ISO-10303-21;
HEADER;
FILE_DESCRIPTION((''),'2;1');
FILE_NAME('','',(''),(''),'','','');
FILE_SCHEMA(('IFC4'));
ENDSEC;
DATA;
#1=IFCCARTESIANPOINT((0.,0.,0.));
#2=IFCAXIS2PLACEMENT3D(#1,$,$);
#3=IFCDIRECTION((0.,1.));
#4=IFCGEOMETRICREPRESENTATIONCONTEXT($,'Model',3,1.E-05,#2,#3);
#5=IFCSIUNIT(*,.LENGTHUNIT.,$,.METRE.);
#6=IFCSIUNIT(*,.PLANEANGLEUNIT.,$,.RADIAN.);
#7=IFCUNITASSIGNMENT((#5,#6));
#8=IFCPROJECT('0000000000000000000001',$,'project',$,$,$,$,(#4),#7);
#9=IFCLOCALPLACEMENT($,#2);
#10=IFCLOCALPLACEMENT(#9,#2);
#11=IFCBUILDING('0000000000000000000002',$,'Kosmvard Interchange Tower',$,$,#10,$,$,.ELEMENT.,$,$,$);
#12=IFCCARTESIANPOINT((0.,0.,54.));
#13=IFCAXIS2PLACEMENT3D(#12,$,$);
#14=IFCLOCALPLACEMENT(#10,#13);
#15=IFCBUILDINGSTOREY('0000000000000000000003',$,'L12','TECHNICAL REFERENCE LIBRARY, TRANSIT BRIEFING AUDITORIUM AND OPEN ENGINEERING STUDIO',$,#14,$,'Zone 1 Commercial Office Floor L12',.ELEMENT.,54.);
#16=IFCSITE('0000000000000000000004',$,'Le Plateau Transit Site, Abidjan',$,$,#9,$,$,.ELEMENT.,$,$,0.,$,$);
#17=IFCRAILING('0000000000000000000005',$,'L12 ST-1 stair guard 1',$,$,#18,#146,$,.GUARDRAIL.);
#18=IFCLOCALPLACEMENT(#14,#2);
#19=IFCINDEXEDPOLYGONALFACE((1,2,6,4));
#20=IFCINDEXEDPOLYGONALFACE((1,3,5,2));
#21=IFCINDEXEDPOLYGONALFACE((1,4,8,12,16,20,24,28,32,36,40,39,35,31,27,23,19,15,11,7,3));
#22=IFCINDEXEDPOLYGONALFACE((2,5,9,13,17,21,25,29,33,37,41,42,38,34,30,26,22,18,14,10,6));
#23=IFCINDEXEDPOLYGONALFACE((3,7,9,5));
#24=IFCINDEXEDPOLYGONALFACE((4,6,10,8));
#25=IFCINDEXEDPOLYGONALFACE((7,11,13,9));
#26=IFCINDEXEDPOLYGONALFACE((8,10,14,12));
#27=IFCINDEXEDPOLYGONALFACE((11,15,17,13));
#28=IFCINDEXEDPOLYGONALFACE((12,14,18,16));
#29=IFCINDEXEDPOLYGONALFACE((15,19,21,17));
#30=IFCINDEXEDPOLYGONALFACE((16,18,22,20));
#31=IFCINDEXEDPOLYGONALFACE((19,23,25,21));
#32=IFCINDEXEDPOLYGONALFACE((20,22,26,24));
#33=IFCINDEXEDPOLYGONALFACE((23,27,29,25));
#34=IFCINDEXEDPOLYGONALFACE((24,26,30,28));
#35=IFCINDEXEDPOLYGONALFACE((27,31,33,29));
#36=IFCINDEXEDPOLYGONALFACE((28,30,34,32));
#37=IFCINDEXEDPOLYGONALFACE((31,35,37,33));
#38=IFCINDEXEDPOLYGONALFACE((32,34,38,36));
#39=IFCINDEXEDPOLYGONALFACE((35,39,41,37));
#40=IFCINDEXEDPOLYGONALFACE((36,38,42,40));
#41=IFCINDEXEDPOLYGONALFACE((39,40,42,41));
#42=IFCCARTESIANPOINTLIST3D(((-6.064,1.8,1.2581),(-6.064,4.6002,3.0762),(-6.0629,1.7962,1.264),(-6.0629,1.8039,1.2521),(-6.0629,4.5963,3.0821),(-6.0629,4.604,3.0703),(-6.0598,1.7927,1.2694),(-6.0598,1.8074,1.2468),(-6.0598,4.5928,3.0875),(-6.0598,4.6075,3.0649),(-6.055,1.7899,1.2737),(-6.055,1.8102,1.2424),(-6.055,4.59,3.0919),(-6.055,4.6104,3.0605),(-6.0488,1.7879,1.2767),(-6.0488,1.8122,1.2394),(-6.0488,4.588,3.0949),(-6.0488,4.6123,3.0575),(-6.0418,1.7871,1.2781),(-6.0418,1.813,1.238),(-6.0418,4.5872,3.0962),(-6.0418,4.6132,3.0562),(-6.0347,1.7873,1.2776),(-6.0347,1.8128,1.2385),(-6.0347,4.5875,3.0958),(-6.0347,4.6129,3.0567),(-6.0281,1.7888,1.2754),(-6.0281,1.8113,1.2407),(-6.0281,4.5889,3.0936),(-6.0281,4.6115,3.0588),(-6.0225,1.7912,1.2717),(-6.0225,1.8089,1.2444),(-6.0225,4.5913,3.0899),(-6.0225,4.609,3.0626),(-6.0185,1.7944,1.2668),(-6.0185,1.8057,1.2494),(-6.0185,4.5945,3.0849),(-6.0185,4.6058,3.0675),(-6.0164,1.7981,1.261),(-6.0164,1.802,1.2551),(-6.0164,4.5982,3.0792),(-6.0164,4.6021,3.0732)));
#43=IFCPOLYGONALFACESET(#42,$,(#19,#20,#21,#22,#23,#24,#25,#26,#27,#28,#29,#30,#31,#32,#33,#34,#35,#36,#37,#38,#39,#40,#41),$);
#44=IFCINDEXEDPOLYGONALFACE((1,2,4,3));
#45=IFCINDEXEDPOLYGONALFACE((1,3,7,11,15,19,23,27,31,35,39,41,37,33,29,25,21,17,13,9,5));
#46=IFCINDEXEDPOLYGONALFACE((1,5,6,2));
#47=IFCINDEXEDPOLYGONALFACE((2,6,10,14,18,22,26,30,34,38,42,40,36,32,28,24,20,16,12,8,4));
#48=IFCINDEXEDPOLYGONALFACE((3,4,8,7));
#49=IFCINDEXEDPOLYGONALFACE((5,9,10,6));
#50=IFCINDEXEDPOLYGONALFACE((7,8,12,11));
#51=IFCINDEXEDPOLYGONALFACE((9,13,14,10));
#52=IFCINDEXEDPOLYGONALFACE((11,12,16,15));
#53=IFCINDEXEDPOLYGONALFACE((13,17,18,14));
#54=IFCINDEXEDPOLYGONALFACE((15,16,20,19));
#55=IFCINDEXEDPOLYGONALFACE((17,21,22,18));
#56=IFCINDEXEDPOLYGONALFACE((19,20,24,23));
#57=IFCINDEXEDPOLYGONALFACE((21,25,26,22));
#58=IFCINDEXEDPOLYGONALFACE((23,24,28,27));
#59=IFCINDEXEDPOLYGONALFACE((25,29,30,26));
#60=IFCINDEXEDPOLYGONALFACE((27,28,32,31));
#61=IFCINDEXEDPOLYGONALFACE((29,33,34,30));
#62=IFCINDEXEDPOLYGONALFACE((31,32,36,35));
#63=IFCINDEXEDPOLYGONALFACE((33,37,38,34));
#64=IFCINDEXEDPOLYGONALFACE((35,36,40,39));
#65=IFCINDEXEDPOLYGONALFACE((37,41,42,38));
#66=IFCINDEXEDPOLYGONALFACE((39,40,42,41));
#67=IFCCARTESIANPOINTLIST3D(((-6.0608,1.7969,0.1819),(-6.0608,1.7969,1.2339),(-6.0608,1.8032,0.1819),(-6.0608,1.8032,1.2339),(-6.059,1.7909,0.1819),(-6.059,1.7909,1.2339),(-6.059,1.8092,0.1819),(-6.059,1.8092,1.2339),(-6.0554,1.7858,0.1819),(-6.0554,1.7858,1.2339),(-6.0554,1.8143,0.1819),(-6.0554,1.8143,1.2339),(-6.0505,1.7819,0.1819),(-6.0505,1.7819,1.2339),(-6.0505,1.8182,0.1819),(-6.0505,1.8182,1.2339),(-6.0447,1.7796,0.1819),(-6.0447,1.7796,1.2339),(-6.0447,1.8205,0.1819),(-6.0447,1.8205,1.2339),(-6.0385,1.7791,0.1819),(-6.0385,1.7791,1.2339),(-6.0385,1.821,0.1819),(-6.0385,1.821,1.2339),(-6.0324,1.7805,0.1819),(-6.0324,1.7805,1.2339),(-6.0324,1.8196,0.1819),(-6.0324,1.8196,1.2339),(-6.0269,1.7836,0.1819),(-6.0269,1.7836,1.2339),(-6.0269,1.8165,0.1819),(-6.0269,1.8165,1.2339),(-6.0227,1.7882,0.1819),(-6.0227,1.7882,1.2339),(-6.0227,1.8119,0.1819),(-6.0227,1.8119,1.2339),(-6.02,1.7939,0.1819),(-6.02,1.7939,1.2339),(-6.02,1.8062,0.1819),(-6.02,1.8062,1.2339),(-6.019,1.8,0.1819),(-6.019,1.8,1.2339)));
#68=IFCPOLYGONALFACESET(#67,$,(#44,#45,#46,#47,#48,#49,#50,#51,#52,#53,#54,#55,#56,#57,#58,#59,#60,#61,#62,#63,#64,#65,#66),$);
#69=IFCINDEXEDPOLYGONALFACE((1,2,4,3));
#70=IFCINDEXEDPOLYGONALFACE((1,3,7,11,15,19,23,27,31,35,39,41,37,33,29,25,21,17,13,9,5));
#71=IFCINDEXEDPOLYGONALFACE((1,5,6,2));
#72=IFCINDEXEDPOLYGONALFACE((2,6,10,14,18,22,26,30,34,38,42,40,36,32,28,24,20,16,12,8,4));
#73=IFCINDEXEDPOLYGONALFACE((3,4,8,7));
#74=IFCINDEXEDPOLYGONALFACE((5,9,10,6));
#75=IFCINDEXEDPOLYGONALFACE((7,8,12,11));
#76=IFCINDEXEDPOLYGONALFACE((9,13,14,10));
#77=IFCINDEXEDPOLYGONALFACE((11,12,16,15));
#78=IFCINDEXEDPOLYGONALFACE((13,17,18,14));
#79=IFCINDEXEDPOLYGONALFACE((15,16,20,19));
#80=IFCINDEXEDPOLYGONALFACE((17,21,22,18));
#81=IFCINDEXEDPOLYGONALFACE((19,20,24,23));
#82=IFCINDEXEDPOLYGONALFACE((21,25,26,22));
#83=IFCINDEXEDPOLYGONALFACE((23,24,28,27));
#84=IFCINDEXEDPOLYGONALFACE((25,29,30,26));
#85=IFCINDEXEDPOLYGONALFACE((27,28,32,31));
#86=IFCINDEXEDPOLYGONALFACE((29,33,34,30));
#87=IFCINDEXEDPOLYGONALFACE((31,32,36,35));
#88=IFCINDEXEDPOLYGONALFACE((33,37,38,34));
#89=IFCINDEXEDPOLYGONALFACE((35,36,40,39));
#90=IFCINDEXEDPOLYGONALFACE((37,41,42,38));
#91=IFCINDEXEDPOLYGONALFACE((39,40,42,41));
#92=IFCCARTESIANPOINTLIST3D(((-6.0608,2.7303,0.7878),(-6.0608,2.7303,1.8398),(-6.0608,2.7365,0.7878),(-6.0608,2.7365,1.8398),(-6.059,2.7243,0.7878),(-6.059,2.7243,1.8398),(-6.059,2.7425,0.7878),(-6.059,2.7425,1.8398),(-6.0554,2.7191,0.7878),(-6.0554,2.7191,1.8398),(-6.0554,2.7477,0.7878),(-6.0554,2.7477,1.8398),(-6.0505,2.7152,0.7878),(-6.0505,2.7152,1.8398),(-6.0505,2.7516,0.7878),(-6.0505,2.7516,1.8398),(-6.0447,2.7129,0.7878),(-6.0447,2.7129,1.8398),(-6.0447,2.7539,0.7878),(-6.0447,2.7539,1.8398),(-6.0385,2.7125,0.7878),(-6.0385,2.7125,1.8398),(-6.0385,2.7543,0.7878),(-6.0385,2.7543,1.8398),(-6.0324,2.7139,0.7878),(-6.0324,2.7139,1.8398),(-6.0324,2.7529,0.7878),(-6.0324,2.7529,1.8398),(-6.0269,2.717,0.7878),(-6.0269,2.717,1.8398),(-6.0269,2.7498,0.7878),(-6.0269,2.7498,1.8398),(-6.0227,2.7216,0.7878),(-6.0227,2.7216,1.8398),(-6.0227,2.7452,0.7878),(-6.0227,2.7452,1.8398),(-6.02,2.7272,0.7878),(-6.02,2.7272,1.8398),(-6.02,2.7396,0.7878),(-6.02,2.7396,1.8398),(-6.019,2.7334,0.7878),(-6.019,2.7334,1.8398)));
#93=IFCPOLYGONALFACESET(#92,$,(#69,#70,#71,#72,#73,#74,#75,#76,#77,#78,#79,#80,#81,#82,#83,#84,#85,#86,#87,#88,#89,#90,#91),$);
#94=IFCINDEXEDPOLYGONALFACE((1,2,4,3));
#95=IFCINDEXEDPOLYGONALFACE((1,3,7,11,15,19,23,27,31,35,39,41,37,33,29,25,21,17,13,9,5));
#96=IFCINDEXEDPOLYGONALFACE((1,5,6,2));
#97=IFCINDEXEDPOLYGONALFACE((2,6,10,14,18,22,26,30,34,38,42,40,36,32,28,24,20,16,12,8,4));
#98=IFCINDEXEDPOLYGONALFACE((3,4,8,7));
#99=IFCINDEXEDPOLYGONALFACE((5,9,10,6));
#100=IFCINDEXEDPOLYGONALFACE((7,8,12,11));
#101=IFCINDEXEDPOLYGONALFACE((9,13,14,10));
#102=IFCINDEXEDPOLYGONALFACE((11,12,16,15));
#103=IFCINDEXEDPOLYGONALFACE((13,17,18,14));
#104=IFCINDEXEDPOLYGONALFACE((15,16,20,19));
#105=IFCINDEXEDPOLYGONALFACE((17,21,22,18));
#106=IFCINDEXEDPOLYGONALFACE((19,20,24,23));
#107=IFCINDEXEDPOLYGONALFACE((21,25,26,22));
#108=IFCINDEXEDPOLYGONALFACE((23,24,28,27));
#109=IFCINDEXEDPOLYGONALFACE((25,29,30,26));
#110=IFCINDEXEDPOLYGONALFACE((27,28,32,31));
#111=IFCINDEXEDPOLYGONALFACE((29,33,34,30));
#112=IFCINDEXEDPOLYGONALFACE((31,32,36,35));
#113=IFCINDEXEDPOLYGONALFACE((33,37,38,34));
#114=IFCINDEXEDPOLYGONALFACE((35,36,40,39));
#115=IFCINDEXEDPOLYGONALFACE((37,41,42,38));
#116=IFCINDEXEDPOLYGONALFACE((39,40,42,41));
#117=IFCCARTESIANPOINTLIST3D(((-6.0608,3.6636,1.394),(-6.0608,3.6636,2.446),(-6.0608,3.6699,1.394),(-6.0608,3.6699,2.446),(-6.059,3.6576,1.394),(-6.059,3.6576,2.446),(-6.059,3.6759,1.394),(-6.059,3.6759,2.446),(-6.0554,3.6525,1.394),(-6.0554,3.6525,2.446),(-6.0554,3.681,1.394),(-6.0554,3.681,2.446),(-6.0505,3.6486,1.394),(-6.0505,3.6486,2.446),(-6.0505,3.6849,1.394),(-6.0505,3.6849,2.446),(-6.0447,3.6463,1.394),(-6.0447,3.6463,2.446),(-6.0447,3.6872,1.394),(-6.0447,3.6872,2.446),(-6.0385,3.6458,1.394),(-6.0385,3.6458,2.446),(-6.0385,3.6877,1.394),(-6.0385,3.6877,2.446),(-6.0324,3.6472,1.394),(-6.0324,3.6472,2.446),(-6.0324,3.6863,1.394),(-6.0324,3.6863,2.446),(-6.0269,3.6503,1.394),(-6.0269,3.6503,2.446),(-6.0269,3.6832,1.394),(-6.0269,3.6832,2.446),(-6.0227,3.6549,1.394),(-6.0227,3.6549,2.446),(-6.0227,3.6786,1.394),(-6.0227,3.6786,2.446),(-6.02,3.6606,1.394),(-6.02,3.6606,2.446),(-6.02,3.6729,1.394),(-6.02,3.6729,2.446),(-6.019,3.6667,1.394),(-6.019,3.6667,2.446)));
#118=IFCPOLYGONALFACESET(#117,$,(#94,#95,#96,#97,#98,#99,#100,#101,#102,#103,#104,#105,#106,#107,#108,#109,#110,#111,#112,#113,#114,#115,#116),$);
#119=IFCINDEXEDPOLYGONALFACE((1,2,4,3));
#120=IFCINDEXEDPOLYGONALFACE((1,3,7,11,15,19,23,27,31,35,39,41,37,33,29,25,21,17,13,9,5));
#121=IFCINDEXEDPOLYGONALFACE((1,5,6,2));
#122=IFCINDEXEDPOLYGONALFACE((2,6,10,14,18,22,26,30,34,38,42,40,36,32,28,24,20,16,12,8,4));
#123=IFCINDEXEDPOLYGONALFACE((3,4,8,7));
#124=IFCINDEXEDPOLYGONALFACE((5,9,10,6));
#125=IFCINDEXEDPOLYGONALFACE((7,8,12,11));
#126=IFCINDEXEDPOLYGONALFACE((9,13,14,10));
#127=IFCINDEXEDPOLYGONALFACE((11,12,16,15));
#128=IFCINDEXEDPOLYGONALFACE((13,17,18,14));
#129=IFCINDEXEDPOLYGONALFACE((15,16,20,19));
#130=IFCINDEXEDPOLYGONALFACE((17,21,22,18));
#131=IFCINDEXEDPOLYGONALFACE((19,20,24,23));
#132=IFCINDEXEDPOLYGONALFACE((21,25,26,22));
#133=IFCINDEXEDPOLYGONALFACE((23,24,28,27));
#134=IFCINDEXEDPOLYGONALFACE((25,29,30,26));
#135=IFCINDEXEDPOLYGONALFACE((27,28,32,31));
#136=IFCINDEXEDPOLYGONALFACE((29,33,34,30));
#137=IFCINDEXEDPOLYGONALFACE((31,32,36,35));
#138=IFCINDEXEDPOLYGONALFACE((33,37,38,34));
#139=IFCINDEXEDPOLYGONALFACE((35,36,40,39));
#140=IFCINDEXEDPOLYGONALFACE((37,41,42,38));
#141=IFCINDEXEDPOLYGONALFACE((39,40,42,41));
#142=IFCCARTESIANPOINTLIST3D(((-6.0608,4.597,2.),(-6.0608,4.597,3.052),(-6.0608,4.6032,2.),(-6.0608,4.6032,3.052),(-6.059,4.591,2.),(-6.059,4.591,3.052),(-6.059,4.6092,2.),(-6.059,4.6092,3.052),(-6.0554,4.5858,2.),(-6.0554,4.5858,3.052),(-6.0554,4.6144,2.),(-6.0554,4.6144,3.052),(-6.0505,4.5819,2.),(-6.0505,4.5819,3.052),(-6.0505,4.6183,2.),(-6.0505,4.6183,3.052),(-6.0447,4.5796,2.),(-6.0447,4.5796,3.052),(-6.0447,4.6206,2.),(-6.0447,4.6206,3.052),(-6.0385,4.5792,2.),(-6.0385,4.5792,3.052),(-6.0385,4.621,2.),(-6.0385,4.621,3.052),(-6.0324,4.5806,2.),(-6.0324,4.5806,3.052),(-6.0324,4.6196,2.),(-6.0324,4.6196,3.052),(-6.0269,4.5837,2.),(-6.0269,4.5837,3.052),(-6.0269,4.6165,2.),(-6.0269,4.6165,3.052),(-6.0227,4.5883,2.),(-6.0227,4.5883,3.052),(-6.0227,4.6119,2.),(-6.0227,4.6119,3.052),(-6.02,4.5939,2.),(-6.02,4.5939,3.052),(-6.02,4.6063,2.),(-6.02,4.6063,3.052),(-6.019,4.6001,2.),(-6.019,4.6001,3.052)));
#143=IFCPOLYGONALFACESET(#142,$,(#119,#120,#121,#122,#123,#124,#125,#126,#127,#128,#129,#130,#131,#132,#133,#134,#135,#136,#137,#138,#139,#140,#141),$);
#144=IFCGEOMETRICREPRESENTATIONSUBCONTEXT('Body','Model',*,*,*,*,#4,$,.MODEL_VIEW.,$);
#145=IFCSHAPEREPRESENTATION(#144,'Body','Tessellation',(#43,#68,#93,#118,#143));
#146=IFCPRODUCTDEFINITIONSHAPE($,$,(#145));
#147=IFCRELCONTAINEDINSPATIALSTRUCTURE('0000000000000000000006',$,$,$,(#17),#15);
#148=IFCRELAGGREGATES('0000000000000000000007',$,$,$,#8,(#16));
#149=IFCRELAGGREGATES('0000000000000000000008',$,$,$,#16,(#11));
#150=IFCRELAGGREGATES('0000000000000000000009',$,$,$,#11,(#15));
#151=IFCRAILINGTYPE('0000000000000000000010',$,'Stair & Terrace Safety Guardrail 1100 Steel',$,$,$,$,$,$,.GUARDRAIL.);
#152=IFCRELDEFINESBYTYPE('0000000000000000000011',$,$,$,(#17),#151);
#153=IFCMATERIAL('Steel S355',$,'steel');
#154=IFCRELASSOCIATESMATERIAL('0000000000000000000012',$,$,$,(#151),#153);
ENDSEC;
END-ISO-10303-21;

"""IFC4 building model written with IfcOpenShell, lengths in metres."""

from ifc_helpers import new_model, si_unit, direction, frame, origin, origin_2d, place, context, subcontext, project, spatial, circle, extrude, source, transform, mapped, material, type_object, element, save


model = new_model("IFC4")

# Units and contexts
model_context = context("Model", 3, precision=1e-05, world=origin(), true_north=direction((0.0, 1.0)))
body_context = subcontext(model_context, "Body", "Model", "MODEL_VIEW")
ifc_project = project(units=[si_unit("LENGTHUNIT", "METRE"), si_unit("PLANEANGLEUNIT", "RADIAN")], contexts=[model_context])

# Site, building, storey
site_placement = place(None, origin())
site = spatial("IfcSite", under=ifc_project, at=site_placement, Name="Le Plateau Transit Site, Abidjan", CompositionType="ELEMENT", RefElevation=0.0)
building_placement = place(site_placement, origin())
building = spatial("IfcBuilding", under=site, at=building_placement, Name="Kosmvard Interchange Tower", CompositionType="ELEMENT")
storey_placement = place(building_placement, frame((0.0, 0.0, 54.0)))
storey = spatial("IfcBuildingStorey", under=building, at=storey_placement, Name="L12", Description="TECHNICAL REFERENCE LIBRARY, TRANSIT BRIEFING AUDITORIUM AND OPEN ENGINEERING STUDIO", LongName="Zone 1 Commercial Office Floor L12", CompositionType="ELEMENT", Elevation=54.0)

# Shared definitions
ifc_material_1 = material(Name="Steel S355", Category="steel")

# Railing
railing_type_1 = type_object("IfcRailingType", Name="Stair & Terrace Safety Guardrail 1100 Steel", PredefinedType="GUARDRAIL", material=ifc_material_1)
shared_shape_1 = source(origin(), body_context, "Body", "SweptSolid", [
    extrude(circle(Radius=0.0239, at=origin_2d()), frame((0.0, 0.0, 1.0762), z_axis=(0.0, 0.838706, 0.544585), x_axis=(-1.0, 0.0, 0.0)), (0.0, 0.0, 1.0), 3.3386),
    extrude(circle(Radius=0.021, at=origin_2d()), origin(), (0.0, 0.0, 1.0), 1.052),
    extrude(circle(Radius=0.021, at=origin_2d()), frame((0.0, 0.9333, 0.606)), (0.0, 0.0, 1.0), 1.052),
    extrude(circle(Radius=0.021, at=origin_2d()), frame((0.0, 1.8667, 1.2122)), (0.0, 0.0, 1.0), 1.052),
    extrude(circle(Radius=0.021, at=origin_2d()), frame((0.0, 2.8, 1.8181)), (0.0, 0.0, 1.0), 1.052),
])
railing_1_placement = place(storey_placement, frame((-6.04, 1.8, 0.1819)))
element("IfcRailing", 1, at=railing_1_placement, inside=storey, type_object=railing_type_1, Name="L12 ST-1 stair guard 1", PredefinedType="GUARDRAIL", context=body_context, shape_type="MappedRepresentation", body=[
    mapped(shared_shape_1, transform((0.0, 0.0, 0.0), scale=1.0)),
])

save(model, "model.ifc")
